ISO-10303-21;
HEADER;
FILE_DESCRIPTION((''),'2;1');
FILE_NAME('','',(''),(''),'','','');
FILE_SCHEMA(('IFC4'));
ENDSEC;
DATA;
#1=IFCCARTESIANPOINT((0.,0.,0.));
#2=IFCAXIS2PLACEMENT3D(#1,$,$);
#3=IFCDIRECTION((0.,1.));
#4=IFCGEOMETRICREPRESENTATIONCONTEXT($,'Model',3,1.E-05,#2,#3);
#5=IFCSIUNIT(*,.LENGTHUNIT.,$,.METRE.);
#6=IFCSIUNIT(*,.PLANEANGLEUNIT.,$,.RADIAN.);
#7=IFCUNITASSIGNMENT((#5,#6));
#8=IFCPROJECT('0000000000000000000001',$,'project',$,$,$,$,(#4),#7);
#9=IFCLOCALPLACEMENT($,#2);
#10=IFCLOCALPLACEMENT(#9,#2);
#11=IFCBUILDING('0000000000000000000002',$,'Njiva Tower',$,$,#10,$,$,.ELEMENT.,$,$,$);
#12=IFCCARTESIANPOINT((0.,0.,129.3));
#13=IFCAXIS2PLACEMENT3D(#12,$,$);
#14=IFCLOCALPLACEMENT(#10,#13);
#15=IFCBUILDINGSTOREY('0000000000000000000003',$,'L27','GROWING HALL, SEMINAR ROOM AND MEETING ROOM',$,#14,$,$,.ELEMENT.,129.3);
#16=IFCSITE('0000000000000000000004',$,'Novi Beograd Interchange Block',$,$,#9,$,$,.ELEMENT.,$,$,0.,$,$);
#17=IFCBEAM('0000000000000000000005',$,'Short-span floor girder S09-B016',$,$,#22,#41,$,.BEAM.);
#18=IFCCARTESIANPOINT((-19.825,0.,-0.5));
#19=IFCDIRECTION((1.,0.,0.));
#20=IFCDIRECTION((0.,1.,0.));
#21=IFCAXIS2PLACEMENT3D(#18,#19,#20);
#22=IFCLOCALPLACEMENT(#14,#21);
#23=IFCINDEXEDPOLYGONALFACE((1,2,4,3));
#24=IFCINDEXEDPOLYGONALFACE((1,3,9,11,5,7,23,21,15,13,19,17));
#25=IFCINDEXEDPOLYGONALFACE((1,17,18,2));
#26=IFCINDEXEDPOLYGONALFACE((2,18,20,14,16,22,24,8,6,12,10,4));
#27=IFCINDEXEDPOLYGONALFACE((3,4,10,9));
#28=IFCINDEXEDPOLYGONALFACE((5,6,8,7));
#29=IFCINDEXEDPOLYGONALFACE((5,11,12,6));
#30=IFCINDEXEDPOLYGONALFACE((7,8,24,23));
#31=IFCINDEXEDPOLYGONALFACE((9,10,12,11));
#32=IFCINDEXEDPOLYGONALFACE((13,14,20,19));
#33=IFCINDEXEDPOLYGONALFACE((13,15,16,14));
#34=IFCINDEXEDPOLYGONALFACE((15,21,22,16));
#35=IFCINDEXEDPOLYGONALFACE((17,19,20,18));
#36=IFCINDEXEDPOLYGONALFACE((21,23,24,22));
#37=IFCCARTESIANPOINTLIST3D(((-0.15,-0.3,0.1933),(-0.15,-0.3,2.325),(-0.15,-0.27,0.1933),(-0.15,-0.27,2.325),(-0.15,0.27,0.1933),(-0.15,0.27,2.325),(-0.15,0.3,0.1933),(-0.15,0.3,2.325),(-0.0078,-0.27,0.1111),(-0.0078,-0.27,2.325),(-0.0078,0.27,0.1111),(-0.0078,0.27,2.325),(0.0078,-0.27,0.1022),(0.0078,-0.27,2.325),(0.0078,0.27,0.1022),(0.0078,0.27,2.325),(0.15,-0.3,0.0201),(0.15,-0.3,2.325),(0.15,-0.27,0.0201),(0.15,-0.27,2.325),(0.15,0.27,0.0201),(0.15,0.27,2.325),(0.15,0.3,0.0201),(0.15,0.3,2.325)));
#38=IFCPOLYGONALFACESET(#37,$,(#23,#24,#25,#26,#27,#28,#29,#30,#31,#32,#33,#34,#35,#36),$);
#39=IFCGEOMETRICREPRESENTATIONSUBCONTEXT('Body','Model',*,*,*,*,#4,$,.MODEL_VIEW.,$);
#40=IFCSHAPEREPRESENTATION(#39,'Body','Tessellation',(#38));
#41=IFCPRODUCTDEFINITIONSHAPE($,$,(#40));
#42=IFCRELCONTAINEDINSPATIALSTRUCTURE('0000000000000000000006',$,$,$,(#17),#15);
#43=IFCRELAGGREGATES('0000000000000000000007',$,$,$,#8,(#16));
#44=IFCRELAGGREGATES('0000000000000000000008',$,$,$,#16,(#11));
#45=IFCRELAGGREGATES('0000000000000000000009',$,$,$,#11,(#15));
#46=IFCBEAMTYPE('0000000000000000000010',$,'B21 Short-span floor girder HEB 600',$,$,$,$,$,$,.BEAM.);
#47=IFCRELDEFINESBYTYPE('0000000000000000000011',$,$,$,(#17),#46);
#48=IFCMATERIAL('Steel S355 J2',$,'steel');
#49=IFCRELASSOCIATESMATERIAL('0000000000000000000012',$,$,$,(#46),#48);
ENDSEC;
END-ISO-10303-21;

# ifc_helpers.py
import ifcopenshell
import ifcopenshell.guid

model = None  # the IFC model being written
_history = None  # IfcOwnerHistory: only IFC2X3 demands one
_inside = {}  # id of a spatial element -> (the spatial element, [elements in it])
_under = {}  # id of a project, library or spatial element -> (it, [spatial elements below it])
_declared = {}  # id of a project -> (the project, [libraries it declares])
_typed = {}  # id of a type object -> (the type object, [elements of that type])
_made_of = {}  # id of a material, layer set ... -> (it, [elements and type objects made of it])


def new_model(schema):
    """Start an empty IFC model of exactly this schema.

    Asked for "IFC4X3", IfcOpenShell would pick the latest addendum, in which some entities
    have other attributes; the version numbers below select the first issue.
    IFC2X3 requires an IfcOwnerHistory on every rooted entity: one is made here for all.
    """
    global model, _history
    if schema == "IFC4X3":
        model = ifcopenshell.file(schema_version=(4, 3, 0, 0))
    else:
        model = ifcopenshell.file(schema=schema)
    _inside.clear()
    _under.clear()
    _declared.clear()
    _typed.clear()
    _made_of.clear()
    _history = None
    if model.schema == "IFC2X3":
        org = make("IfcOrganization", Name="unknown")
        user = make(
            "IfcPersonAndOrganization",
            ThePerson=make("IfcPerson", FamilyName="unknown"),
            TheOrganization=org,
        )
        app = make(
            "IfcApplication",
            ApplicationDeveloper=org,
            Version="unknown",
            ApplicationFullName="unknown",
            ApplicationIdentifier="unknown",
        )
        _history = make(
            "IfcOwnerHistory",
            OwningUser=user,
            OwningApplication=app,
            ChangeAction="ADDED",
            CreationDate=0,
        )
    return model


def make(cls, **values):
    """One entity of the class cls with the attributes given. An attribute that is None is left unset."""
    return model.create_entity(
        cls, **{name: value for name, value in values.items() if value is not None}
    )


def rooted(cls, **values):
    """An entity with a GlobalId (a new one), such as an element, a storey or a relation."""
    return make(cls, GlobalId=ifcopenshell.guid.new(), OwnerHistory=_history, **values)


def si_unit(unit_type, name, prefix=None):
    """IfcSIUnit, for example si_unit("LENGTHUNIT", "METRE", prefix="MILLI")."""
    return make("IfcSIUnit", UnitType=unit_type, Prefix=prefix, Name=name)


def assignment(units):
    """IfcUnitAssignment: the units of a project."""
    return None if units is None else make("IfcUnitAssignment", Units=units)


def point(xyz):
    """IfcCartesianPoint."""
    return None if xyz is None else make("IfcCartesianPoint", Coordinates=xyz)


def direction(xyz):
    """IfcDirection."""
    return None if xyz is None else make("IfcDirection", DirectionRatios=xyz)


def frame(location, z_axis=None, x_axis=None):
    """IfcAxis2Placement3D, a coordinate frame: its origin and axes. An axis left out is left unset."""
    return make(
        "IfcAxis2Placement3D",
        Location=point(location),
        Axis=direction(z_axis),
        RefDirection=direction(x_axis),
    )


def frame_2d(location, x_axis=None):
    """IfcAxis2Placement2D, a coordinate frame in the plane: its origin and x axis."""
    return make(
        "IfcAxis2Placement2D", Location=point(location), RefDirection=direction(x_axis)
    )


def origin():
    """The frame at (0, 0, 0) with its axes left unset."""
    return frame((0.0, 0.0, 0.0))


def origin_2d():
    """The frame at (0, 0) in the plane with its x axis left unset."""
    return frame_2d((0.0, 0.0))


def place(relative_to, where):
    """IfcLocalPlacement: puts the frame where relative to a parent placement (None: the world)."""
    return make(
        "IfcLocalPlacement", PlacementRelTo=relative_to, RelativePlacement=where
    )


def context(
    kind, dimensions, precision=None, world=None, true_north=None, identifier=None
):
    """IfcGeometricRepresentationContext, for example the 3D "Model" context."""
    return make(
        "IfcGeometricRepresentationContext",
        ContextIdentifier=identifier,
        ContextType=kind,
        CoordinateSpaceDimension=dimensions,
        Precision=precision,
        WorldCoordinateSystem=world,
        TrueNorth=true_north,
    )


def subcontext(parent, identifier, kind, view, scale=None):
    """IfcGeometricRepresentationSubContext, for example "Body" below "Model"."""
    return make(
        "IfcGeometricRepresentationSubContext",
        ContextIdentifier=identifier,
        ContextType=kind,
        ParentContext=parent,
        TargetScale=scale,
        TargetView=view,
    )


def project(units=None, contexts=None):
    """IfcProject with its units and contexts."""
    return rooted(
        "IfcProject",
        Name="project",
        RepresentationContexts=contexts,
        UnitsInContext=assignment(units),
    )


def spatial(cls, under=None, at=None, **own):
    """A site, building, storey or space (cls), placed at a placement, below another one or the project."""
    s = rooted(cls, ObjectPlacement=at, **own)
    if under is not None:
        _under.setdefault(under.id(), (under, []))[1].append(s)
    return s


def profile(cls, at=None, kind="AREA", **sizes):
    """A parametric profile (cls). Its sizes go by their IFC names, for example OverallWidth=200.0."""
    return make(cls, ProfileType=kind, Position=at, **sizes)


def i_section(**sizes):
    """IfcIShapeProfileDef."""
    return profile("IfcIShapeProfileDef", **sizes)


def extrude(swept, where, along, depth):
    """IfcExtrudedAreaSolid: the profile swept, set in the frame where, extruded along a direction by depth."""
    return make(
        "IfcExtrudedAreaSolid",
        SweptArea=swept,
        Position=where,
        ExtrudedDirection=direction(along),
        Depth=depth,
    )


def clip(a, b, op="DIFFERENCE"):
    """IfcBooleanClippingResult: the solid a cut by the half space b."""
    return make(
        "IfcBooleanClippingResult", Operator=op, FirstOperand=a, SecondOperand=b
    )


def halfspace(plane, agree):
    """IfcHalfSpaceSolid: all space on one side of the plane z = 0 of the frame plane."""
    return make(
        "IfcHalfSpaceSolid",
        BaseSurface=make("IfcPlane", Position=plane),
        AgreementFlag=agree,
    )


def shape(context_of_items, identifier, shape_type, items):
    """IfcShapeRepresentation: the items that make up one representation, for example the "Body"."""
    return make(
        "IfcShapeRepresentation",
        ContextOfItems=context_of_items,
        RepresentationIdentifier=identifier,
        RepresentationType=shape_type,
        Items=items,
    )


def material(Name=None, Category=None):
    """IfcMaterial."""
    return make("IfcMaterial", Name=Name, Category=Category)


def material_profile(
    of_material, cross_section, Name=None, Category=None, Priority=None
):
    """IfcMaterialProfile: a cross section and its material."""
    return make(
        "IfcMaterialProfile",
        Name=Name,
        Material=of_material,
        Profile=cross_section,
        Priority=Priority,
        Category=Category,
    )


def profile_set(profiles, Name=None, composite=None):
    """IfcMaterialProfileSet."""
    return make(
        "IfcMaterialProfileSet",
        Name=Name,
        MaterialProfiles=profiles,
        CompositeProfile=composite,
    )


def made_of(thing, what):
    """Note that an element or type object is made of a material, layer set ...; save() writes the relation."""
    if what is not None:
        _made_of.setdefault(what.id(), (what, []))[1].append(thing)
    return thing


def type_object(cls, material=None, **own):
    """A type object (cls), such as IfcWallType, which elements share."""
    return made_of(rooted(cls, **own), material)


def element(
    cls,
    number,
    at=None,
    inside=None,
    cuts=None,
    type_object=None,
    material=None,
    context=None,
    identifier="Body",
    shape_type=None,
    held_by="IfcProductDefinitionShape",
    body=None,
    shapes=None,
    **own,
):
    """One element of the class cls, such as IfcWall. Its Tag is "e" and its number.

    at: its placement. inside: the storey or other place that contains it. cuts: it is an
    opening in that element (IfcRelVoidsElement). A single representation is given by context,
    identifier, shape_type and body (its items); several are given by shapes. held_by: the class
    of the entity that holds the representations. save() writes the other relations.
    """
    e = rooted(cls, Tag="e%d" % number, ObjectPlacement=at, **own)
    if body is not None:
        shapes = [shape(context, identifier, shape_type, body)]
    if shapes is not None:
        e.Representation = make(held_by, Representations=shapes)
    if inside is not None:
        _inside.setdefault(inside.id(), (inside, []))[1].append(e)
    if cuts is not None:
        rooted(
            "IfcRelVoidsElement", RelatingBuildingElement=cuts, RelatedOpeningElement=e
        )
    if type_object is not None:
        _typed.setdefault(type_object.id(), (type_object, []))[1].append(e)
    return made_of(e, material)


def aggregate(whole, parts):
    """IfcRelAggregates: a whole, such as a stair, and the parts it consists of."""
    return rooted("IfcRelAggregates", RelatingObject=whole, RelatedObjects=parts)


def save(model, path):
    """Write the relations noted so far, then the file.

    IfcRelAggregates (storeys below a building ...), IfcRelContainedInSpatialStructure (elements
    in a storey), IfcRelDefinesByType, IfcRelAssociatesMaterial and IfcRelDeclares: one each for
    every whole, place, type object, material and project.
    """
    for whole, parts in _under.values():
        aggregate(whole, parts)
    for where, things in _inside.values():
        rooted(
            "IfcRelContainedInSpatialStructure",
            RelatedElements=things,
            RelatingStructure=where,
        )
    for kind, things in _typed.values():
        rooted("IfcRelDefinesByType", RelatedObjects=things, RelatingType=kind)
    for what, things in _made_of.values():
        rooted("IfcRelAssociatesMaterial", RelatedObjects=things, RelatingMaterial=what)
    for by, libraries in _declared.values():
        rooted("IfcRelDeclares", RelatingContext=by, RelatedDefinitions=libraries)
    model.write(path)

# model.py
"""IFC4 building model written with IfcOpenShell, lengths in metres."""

from ifc_helpers import new_model, si_unit, direction, frame, origin, origin_2d, place, context, subcontext, project, spatial, i_section, extrude, clip, halfspace, material, material_profile, profile_set, type_object, element, save


model = new_model("IFC4")

# Units and contexts
model_context = context("Model", 3, precision=1e-05, world=origin(), true_north=direction((0.0, 1.0)))
body_context = subcontext(model_context, "Body", "Model", "MODEL_VIEW")
ifc_project = project(units=[si_unit("LENGTHUNIT", "METRE"), si_unit("PLANEANGLEUNIT", "RADIAN")], contexts=[model_context])

# Site, building, storey
site_placement = place(None, origin())
site = spatial("IfcSite", under=ifc_project, at=site_placement, Name="Novi Beograd Interchange Block", CompositionType="ELEMENT", RefElevation=0.0)
building_placement = place(site_placement, origin())
building = spatial("IfcBuilding", under=site, at=building_placement, Name="Njiva Tower", CompositionType="ELEMENT")
storey_placement = place(building_placement, frame((0.0, 0.0, 129.3)))
storey = spatial("IfcBuildingStorey", under=building, at=storey_placement, Name="L27", Description="GROWING HALL, SEMINAR ROOM AND MEETING ROOM", CompositionType="ELEMENT", Elevation=129.3)

# Shared definitions
ifc_material_1 = material(Name="Steel S355 J2", Category="steel")

# Beam
ifc_material_profile_1 = material_profile(ifc_material_1, i_section(OverallWidth=0.3, OverallDepth=0.6, WebThickness=0.0155, FlangeThickness=0.03, at=origin_2d()), Name="HEB 600")
ifc_profile_set_1 = profile_set([ifc_material_profile_1], Name="Steel S355 J2")
beam_type_1 = type_object("IfcBeamType", Name="B21 Short-span floor girder HEB 600", PredefinedType="BEAM", material=ifc_profile_set_1)
beam_1_placement = place(storey_placement, frame((-19.825, 0.0, -0.5), z_axis=(1.0, 0.0, 0.0), x_axis=(0.0, 1.0, 0.0)))
element("IfcBeam", 1, at=beam_1_placement, inside=storey, type_object=beam_type_1, Name="Short-span floor girder S09-B016", PredefinedType="BEAM", context=body_context, shape_type="Clipping", body=[
    clip(extrude(i_section(OverallWidth=0.3, OverallDepth=0.6, WebThickness=0.0155, FlangeThickness=0.03, at=origin_2d()), origin(), (0.0, 0.0, 1.0), 2.325), halfspace(frame((-0.025, 0.0, 0.1211), z_axis=(-0.499998, 0.0, -0.866027), x_axis=(0.0, -1.0, 0.0)), False)),
])

save(model, "model.ifc")
